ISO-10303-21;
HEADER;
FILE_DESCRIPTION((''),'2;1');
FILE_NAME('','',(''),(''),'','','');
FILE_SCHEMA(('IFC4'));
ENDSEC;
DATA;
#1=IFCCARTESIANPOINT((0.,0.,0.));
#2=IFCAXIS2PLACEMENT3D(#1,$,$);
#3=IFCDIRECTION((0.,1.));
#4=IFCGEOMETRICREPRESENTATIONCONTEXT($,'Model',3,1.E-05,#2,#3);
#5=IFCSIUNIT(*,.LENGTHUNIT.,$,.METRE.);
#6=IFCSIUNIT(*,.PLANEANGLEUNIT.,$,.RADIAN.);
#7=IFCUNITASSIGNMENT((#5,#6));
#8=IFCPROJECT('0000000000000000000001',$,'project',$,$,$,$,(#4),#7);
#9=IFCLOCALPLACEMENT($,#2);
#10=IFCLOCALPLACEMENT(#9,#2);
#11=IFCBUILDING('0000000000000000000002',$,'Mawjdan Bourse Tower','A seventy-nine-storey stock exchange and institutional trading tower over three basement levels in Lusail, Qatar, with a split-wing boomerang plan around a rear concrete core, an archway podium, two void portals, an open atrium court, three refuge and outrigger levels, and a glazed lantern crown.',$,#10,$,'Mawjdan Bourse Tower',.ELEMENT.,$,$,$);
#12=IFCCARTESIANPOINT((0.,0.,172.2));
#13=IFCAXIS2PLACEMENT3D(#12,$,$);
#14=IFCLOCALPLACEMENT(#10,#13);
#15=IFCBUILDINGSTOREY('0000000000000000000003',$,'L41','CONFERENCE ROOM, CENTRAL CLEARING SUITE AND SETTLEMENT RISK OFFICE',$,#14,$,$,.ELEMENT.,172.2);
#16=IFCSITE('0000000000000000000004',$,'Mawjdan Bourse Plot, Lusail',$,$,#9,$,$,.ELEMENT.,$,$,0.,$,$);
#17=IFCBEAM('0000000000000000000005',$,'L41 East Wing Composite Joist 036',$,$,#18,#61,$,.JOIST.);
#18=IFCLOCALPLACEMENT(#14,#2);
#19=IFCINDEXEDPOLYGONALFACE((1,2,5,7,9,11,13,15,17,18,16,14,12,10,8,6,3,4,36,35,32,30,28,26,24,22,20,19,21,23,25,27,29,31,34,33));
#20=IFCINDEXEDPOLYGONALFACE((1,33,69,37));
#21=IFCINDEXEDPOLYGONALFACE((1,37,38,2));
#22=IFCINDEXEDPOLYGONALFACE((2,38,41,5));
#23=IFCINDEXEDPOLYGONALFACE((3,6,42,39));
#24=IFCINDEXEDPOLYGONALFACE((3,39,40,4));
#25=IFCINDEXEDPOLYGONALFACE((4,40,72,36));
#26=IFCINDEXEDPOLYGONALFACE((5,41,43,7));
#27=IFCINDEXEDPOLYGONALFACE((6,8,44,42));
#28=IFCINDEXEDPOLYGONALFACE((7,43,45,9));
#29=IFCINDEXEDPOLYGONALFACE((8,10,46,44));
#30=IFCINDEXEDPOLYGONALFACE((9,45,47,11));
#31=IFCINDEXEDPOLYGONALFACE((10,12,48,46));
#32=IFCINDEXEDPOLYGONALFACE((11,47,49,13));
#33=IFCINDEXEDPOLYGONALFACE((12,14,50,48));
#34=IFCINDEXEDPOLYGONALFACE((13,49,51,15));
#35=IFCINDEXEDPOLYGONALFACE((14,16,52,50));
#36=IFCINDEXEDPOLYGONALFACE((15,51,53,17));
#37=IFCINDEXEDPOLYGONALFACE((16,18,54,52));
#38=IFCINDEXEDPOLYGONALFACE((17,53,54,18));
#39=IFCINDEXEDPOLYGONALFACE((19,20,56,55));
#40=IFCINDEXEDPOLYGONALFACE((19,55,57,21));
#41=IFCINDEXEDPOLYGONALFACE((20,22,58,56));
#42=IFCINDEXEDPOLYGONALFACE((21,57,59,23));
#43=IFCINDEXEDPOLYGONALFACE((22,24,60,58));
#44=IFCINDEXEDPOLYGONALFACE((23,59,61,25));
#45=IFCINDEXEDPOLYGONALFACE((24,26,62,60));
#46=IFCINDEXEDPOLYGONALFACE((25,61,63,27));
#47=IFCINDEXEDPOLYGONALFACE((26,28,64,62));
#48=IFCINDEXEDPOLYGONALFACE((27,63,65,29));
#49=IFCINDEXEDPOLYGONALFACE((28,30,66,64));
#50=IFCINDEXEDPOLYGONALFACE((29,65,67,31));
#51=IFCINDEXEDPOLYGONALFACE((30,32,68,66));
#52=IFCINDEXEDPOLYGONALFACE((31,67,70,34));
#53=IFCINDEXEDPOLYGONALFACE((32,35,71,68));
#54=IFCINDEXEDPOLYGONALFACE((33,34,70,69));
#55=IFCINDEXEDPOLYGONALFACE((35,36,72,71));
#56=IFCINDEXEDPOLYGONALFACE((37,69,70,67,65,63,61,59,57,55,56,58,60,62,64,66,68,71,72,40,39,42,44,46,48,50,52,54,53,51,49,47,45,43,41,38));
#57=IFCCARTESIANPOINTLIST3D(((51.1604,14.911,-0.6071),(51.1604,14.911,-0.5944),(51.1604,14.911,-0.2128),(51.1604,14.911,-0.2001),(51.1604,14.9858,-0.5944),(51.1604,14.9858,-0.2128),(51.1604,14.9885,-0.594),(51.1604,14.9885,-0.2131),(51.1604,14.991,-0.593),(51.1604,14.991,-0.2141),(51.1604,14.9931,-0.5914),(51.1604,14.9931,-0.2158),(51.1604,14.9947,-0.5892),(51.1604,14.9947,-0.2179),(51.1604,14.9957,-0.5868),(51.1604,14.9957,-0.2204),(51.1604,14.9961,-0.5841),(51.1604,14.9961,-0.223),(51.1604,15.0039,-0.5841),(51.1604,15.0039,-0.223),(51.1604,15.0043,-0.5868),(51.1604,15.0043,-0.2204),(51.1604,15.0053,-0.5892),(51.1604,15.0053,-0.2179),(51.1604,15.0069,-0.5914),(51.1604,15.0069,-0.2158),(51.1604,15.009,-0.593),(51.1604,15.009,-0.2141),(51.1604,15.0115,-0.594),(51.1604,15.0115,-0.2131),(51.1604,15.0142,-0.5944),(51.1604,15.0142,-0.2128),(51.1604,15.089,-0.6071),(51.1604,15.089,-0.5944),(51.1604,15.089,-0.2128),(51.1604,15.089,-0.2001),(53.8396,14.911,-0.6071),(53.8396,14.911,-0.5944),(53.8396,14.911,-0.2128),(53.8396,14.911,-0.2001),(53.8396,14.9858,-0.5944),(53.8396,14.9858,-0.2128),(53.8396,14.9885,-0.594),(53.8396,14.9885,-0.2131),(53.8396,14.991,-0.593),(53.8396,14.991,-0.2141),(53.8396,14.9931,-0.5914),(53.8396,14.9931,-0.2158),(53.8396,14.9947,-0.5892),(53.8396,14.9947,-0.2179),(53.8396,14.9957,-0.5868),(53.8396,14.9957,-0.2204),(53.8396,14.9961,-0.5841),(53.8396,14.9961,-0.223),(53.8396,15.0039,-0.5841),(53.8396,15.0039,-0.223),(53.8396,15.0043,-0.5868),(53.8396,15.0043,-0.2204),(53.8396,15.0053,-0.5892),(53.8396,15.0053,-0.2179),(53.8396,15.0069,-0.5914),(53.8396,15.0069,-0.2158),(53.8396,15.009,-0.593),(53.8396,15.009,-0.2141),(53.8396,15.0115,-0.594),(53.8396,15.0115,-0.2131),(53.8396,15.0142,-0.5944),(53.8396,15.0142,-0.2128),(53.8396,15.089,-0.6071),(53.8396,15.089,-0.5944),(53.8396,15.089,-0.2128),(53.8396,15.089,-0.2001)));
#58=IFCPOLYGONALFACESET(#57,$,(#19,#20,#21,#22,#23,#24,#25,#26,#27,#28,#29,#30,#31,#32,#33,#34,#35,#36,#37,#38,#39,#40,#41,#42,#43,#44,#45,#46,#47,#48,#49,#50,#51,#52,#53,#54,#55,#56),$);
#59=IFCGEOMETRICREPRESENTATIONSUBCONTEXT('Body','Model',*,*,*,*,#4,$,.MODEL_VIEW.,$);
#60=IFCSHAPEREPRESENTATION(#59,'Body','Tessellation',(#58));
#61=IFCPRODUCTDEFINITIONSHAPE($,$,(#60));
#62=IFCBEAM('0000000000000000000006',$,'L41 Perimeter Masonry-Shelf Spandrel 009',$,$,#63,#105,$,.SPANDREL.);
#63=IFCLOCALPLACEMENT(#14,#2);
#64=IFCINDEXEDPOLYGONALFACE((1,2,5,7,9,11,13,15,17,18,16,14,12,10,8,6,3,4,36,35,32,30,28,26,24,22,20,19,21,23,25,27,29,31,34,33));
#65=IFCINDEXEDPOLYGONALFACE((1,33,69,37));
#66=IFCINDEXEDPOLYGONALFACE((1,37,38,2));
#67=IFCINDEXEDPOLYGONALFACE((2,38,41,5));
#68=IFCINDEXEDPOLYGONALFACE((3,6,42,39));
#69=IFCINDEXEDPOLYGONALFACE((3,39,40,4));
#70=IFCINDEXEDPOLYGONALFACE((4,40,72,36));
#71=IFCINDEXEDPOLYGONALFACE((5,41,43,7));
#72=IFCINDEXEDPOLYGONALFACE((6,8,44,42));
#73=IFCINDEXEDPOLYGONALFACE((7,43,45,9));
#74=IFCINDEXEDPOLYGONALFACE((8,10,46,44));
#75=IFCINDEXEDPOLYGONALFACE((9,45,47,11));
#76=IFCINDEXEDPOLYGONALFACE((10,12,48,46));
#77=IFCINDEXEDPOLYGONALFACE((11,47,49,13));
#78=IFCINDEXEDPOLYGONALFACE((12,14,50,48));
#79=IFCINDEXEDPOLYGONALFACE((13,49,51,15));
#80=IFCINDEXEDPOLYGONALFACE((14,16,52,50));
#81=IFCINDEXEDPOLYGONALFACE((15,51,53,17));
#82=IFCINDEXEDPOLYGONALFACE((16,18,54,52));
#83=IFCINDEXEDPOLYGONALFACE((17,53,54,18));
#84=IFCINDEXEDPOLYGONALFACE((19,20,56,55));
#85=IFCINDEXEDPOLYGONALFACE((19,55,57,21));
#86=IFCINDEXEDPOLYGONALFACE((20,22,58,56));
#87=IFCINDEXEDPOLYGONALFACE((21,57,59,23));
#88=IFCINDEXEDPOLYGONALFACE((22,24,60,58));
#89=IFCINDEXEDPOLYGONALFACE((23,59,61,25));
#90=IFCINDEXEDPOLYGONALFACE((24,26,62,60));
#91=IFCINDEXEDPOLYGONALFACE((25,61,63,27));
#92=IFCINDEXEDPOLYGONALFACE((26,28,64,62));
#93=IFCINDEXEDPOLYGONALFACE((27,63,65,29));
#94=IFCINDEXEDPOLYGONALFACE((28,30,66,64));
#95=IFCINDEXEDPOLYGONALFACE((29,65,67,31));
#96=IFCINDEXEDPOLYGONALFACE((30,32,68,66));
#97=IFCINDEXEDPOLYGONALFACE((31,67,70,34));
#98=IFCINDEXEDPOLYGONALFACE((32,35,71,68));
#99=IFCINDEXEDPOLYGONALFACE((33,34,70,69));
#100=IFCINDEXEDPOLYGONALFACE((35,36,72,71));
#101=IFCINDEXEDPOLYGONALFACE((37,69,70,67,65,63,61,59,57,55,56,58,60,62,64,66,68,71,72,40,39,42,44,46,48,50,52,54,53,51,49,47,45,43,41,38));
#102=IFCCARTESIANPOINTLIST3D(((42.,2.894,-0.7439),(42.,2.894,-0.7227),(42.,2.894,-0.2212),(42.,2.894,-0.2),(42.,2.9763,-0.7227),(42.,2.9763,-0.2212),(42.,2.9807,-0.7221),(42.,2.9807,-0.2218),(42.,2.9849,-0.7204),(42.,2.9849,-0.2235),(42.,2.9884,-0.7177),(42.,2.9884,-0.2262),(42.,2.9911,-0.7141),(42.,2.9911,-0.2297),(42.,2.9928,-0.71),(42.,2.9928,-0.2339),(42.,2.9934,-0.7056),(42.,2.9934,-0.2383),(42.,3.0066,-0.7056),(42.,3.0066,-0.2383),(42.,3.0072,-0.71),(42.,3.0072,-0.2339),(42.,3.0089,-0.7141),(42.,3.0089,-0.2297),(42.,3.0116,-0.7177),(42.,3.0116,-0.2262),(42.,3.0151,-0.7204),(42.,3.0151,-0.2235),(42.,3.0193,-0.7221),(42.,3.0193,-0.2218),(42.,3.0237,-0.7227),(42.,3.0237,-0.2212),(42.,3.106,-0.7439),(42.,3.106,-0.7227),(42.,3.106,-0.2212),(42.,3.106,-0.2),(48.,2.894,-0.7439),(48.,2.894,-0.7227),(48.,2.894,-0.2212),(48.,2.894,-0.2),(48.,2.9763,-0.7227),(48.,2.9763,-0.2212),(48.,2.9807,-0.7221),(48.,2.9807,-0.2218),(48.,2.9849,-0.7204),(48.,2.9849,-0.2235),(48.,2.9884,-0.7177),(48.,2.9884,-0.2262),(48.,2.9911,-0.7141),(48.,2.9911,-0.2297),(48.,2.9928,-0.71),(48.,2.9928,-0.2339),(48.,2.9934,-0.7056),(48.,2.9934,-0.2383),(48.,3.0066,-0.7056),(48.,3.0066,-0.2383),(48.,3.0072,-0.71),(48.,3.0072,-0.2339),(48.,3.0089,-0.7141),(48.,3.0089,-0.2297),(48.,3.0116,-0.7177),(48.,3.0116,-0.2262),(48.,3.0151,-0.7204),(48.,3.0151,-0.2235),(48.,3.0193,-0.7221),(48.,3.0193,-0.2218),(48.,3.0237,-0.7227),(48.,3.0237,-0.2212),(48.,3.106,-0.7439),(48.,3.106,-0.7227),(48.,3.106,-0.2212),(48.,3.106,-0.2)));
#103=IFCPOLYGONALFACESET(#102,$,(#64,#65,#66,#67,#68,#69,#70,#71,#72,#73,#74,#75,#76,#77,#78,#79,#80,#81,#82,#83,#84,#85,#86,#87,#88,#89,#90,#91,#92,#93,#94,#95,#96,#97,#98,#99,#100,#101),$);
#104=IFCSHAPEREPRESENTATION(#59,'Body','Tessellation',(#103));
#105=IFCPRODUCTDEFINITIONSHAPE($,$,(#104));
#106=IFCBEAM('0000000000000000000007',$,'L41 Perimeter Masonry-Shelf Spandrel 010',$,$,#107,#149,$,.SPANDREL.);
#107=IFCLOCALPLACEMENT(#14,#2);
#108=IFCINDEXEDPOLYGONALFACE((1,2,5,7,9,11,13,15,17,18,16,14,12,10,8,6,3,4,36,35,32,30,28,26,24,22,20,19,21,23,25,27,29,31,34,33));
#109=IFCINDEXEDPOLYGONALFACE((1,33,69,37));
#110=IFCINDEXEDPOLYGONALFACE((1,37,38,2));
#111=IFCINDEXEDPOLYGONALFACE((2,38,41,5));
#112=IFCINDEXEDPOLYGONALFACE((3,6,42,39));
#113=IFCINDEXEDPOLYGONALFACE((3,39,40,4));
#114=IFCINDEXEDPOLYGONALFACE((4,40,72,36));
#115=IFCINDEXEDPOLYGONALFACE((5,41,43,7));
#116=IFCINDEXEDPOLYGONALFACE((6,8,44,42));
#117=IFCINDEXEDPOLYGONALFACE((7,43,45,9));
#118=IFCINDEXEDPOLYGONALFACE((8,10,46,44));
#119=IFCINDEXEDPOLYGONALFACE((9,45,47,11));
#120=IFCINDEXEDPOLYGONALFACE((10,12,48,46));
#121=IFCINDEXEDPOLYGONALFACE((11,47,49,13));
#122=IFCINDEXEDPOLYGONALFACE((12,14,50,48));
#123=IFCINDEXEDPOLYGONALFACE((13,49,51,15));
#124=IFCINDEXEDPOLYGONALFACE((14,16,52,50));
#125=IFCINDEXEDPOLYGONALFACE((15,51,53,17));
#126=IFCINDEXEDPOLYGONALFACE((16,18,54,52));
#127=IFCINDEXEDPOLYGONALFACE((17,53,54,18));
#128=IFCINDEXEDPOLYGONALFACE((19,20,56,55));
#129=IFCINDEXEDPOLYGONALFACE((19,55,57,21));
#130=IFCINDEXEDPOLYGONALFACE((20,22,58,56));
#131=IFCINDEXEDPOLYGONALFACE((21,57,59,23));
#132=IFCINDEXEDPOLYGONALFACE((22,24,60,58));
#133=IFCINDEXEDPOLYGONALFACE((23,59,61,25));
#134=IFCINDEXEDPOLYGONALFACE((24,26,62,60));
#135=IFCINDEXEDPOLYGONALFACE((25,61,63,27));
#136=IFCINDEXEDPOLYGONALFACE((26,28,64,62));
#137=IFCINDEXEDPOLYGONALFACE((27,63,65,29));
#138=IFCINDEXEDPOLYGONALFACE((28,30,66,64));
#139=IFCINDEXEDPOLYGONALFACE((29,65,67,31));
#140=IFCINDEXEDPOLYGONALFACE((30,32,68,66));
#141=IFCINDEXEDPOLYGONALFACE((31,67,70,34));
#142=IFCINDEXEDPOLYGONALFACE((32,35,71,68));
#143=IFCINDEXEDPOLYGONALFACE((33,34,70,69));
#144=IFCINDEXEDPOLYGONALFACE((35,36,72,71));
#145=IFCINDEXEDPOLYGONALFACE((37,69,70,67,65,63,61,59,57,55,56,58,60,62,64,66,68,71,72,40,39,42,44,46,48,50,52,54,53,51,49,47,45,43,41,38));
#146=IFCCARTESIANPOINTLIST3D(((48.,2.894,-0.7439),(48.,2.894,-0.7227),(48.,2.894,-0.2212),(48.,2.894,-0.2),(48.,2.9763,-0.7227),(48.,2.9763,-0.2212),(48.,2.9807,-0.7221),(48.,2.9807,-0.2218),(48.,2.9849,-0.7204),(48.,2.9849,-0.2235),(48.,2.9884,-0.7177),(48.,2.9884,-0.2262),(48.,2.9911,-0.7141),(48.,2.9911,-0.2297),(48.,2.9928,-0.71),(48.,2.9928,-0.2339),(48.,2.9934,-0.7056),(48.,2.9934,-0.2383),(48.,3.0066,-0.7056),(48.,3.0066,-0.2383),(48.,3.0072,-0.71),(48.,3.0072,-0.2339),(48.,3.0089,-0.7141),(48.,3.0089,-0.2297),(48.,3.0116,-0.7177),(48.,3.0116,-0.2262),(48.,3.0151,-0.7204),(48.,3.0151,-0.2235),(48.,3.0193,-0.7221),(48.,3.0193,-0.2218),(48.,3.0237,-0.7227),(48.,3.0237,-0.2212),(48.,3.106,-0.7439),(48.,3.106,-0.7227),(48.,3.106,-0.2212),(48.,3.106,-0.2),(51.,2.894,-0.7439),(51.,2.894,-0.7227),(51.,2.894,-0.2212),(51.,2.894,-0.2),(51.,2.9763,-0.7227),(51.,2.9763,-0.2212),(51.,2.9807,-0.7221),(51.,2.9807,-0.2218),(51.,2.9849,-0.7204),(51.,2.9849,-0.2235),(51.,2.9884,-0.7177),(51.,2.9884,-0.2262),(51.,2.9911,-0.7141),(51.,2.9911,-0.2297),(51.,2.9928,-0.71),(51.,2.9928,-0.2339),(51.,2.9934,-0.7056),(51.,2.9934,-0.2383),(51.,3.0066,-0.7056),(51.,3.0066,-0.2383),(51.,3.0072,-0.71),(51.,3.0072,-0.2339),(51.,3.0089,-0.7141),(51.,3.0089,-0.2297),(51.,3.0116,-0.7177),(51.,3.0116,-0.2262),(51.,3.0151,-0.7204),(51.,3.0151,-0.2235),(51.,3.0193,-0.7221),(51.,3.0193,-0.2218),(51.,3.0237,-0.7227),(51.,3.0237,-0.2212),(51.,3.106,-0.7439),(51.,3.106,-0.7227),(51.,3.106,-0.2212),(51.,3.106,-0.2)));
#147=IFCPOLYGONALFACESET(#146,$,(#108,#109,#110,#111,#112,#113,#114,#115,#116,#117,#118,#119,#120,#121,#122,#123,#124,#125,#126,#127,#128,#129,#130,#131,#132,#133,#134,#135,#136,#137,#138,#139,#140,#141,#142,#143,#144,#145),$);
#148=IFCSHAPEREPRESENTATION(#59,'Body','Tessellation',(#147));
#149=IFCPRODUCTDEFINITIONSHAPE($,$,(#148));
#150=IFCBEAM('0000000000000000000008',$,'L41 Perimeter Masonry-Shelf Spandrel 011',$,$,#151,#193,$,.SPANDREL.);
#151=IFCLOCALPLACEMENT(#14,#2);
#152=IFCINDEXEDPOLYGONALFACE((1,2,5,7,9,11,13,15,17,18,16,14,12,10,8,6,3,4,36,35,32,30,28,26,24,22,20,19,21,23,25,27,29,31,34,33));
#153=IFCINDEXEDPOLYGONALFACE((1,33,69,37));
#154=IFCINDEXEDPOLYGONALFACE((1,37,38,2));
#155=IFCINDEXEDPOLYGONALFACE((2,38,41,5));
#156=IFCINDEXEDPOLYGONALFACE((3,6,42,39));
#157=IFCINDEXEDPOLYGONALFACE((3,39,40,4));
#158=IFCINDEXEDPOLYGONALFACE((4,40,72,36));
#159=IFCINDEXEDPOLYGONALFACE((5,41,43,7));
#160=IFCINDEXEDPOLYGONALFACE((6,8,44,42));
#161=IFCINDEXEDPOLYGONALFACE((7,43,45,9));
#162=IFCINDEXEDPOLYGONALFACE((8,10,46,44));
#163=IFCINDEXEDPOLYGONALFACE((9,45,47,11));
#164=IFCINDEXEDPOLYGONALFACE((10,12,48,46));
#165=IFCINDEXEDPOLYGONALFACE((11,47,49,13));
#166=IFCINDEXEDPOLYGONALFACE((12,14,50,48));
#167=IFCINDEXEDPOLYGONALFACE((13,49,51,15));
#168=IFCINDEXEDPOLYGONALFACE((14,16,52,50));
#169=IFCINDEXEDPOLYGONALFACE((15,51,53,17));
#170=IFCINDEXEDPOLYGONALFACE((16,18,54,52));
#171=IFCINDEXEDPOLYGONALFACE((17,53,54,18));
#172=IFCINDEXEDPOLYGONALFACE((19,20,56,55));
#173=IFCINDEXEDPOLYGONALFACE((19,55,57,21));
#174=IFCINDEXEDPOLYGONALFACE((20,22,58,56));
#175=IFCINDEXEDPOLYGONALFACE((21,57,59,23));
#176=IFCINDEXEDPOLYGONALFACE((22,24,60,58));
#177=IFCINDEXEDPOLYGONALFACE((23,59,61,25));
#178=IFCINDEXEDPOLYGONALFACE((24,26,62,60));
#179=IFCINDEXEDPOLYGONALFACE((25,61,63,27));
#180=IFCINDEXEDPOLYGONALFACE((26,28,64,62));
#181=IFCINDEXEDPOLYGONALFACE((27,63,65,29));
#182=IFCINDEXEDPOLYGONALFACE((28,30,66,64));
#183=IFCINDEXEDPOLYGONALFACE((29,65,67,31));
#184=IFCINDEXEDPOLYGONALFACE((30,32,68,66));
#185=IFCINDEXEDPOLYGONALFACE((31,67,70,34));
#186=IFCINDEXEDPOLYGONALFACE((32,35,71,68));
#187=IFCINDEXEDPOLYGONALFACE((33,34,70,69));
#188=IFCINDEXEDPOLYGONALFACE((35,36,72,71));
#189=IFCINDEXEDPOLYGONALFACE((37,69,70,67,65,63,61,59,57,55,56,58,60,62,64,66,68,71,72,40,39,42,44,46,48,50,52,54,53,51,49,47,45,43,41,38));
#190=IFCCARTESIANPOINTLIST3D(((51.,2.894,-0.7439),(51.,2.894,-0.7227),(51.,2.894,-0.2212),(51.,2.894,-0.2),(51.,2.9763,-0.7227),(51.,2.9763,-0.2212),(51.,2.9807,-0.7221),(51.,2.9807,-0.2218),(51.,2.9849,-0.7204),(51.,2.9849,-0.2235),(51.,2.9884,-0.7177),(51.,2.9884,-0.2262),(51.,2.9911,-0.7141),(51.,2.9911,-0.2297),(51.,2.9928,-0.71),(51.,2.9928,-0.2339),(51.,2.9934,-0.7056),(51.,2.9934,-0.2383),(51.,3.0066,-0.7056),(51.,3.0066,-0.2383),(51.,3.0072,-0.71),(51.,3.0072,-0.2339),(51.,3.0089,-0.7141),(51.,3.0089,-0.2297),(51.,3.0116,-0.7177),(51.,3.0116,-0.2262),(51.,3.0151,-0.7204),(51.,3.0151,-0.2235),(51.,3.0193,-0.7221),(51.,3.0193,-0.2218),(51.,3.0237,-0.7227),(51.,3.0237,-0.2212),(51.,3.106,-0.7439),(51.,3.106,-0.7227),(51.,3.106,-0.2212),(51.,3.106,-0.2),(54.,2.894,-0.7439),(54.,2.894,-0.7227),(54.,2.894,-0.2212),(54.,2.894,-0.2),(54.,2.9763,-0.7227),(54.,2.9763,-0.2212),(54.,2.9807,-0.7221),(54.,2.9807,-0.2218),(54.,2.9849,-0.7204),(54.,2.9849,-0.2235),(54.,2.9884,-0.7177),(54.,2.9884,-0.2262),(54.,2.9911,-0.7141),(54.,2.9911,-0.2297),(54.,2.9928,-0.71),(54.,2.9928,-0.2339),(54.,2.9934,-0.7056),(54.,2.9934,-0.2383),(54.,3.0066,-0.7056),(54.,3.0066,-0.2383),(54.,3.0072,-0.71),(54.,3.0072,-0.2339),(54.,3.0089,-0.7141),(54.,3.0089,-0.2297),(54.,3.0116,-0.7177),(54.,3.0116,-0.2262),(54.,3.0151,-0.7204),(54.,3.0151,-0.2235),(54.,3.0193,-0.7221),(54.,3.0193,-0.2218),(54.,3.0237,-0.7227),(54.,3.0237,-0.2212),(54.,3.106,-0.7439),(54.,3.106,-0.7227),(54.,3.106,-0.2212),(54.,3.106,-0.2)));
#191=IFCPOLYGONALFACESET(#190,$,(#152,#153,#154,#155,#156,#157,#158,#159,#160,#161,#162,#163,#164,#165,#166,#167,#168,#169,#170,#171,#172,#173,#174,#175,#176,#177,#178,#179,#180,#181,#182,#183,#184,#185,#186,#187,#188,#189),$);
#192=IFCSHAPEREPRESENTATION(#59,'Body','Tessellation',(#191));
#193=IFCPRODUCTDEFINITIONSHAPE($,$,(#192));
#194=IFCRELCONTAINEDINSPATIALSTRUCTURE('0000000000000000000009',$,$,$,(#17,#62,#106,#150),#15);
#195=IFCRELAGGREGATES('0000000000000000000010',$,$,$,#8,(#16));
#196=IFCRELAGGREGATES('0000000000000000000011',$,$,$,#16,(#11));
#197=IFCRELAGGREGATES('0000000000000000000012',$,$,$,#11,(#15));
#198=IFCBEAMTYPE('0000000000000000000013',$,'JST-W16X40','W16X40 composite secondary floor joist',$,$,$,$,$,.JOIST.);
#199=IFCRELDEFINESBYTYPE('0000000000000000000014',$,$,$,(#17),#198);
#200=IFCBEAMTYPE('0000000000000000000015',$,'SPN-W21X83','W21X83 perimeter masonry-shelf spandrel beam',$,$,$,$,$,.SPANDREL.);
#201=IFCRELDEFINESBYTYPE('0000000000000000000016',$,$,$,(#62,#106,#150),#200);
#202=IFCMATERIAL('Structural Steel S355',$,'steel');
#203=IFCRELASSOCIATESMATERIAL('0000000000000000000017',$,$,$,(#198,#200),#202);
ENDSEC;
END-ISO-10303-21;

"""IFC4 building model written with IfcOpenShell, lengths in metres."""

from ifc_helpers import new_model, si_unit, direction, frame, origin, origin_2d, place, context, subcontext, project, spatial, i_section, extrude, material, material_profile, profile_set, type_object, element, save


model = new_model("IFC4")

# Units and contexts
model_context = context("Model", 3, precision=1e-05, world=origin(), true_north=direction((0.0, 1.0)))
body_context = subcontext(model_context, "Body", "Model", "MODEL_VIEW")
ifc_project = project(units=[si_unit("LENGTHUNIT", "METRE"), si_unit("PLANEANGLEUNIT", "RADIAN")], contexts=[model_context])

# Site, building, storey
site_placement = place(None, origin())
site = spatial("IfcSite", under=ifc_project, at=site_placement, Name="Mawjdan Bourse Plot, Lusail", CompositionType="ELEMENT", RefElevation=0.0)
building_placement = place(site_placement, origin())
building = spatial("IfcBuilding", under=site, at=building_placement, Name="Mawjdan Bourse Tower", Description="A seventy-nine-storey stock exchange and institutional trading tower over three basement levels in Lusail, Qatar, with a split-wing boomerang plan around a rear concrete core, an archway podium, two void portals, an open atrium court, three refuge and outrigger levels, and a glazed lantern crown.", LongName="Mawjdan Bourse Tower", CompositionType="ELEMENT")
storey_placement = place(building_placement, frame((0.0, 0.0, 172.2)))
storey = spatial("IfcBuildingStorey", under=building, at=storey_placement, Name="L41", Description="CONFERENCE ROOM, CENTRAL CLEARING SUITE AND SETTLEMENT RISK OFFICE", CompositionType="ELEMENT", Elevation=172.2)

# Beams
ifc_material_1 = material(Name="Structural Steel S355", Category="steel")
ifc_material_profile_1 = material_profile(ifc_material_1, i_section(OverallWidth=0.178, OverallDepth=0.407, WebThickness=0.0078, FlangeThickness=0.0127, FilletRadius=0.0103, at=origin_2d()), Name="W16X40")
ifc_profile_set_1 = profile_set([ifc_material_profile_1], Name="Structural Steel S355")
beam_type_1 = type_object("IfcBeamType", Name="JST-W16X40", Description="W16X40 composite secondary floor joist", PredefinedType="JOIST", material=ifc_profile_set_1)
for number, where, z_axis, x_axis, name in (
    (1, (51.1604, 15.0, -0.4036), (1.0, 0.0, 0.0), (0.0, 1.0, 0.0), "L41 East Wing Composite Joist 036"),
):
    element("IfcBeam", number, at=place(storey_placement, frame(where, z_axis=z_axis, x_axis=x_axis)), inside=storey, type_object=beam_type_1, Name=name, PredefinedType="JOIST", context=body_context, shape_type="SweptSolid", body=[
        extrude(i_section(OverallWidth=0.178, OverallDepth=0.407, WebThickness=0.0078, FlangeThickness=0.0127, FilletRadius=0.0103, at=origin_2d()), origin(), (0.0, 0.0, 1.0), 2.6792),
    ])
ifc_material_profile_2 = material_profile(ifc_material_1, i_section(OverallWidth=0.2119, OverallDepth=0.5439, WebThickness=0.0132, FlangeThickness=0.0212, FilletRadius=0.0171, at=origin_2d()), Name="W21X83")
ifc_profile_set_2 = profile_set([ifc_material_profile_2], Name="Structural Steel S355")
beam_type_2 = type_object("IfcBeamType", Name="SPN-W21X83", Description="W21X83 perimeter masonry-shelf spandrel beam", PredefinedType="SPANDREL", material=ifc_profile_set_2)
beam_1_placement = place(storey_placement, frame((42.0, 3.0, -0.4719), z_axis=(1.0, 0.0, 0.0), x_axis=(0.0, 1.0, 0.0)))
element("IfcBeam", 2, at=beam_1_placement, inside=storey, type_object=beam_type_2, Name="L41 Perimeter Masonry-Shelf Spandrel 009", PredefinedType="SPANDREL", context=body_context, shape_type="SweptSolid", body=[
    extrude(i_section(OverallWidth=0.2119, OverallDepth=0.5439, WebThickness=0.0132, FlangeThickness=0.0212, FilletRadius=0.0171, at=origin_2d()), origin(), (0.0, 0.0, 1.0), 6.0),
])
for number, where, z_axis, x_axis, name in (
    (3, (48.0, 3.0, -0.4719), (1.0, 0.0, 0.0), (0.0, 1.0, 0.0), "L41 Perimeter Masonry-Shelf Spandrel 010"),
    (4, (51.0, 3.0, -0.4719), (1.0, 0.0, 0.0), (0.0, 1.0, 0.0), "L41 Perimeter Masonry-Shelf Spandrel 011"),
):
    element("IfcBeam", number, at=place(storey_placement, frame(where, z_axis=z_axis, x_axis=x_axis)), inside=storey, type_object=beam_type_2, Name=name, PredefinedType="SPANDREL", context=body_context, shape_type="SweptSolid", body=[
        extrude(i_section(OverallWidth=0.2119, OverallDepth=0.5439, WebThickness=0.0132, FlangeThickness=0.0212, FilletRadius=0.0171, at=origin_2d()), origin(), (0.0, 0.0, 1.0), 3.0),
    ])

save(model, "model.ifc")
